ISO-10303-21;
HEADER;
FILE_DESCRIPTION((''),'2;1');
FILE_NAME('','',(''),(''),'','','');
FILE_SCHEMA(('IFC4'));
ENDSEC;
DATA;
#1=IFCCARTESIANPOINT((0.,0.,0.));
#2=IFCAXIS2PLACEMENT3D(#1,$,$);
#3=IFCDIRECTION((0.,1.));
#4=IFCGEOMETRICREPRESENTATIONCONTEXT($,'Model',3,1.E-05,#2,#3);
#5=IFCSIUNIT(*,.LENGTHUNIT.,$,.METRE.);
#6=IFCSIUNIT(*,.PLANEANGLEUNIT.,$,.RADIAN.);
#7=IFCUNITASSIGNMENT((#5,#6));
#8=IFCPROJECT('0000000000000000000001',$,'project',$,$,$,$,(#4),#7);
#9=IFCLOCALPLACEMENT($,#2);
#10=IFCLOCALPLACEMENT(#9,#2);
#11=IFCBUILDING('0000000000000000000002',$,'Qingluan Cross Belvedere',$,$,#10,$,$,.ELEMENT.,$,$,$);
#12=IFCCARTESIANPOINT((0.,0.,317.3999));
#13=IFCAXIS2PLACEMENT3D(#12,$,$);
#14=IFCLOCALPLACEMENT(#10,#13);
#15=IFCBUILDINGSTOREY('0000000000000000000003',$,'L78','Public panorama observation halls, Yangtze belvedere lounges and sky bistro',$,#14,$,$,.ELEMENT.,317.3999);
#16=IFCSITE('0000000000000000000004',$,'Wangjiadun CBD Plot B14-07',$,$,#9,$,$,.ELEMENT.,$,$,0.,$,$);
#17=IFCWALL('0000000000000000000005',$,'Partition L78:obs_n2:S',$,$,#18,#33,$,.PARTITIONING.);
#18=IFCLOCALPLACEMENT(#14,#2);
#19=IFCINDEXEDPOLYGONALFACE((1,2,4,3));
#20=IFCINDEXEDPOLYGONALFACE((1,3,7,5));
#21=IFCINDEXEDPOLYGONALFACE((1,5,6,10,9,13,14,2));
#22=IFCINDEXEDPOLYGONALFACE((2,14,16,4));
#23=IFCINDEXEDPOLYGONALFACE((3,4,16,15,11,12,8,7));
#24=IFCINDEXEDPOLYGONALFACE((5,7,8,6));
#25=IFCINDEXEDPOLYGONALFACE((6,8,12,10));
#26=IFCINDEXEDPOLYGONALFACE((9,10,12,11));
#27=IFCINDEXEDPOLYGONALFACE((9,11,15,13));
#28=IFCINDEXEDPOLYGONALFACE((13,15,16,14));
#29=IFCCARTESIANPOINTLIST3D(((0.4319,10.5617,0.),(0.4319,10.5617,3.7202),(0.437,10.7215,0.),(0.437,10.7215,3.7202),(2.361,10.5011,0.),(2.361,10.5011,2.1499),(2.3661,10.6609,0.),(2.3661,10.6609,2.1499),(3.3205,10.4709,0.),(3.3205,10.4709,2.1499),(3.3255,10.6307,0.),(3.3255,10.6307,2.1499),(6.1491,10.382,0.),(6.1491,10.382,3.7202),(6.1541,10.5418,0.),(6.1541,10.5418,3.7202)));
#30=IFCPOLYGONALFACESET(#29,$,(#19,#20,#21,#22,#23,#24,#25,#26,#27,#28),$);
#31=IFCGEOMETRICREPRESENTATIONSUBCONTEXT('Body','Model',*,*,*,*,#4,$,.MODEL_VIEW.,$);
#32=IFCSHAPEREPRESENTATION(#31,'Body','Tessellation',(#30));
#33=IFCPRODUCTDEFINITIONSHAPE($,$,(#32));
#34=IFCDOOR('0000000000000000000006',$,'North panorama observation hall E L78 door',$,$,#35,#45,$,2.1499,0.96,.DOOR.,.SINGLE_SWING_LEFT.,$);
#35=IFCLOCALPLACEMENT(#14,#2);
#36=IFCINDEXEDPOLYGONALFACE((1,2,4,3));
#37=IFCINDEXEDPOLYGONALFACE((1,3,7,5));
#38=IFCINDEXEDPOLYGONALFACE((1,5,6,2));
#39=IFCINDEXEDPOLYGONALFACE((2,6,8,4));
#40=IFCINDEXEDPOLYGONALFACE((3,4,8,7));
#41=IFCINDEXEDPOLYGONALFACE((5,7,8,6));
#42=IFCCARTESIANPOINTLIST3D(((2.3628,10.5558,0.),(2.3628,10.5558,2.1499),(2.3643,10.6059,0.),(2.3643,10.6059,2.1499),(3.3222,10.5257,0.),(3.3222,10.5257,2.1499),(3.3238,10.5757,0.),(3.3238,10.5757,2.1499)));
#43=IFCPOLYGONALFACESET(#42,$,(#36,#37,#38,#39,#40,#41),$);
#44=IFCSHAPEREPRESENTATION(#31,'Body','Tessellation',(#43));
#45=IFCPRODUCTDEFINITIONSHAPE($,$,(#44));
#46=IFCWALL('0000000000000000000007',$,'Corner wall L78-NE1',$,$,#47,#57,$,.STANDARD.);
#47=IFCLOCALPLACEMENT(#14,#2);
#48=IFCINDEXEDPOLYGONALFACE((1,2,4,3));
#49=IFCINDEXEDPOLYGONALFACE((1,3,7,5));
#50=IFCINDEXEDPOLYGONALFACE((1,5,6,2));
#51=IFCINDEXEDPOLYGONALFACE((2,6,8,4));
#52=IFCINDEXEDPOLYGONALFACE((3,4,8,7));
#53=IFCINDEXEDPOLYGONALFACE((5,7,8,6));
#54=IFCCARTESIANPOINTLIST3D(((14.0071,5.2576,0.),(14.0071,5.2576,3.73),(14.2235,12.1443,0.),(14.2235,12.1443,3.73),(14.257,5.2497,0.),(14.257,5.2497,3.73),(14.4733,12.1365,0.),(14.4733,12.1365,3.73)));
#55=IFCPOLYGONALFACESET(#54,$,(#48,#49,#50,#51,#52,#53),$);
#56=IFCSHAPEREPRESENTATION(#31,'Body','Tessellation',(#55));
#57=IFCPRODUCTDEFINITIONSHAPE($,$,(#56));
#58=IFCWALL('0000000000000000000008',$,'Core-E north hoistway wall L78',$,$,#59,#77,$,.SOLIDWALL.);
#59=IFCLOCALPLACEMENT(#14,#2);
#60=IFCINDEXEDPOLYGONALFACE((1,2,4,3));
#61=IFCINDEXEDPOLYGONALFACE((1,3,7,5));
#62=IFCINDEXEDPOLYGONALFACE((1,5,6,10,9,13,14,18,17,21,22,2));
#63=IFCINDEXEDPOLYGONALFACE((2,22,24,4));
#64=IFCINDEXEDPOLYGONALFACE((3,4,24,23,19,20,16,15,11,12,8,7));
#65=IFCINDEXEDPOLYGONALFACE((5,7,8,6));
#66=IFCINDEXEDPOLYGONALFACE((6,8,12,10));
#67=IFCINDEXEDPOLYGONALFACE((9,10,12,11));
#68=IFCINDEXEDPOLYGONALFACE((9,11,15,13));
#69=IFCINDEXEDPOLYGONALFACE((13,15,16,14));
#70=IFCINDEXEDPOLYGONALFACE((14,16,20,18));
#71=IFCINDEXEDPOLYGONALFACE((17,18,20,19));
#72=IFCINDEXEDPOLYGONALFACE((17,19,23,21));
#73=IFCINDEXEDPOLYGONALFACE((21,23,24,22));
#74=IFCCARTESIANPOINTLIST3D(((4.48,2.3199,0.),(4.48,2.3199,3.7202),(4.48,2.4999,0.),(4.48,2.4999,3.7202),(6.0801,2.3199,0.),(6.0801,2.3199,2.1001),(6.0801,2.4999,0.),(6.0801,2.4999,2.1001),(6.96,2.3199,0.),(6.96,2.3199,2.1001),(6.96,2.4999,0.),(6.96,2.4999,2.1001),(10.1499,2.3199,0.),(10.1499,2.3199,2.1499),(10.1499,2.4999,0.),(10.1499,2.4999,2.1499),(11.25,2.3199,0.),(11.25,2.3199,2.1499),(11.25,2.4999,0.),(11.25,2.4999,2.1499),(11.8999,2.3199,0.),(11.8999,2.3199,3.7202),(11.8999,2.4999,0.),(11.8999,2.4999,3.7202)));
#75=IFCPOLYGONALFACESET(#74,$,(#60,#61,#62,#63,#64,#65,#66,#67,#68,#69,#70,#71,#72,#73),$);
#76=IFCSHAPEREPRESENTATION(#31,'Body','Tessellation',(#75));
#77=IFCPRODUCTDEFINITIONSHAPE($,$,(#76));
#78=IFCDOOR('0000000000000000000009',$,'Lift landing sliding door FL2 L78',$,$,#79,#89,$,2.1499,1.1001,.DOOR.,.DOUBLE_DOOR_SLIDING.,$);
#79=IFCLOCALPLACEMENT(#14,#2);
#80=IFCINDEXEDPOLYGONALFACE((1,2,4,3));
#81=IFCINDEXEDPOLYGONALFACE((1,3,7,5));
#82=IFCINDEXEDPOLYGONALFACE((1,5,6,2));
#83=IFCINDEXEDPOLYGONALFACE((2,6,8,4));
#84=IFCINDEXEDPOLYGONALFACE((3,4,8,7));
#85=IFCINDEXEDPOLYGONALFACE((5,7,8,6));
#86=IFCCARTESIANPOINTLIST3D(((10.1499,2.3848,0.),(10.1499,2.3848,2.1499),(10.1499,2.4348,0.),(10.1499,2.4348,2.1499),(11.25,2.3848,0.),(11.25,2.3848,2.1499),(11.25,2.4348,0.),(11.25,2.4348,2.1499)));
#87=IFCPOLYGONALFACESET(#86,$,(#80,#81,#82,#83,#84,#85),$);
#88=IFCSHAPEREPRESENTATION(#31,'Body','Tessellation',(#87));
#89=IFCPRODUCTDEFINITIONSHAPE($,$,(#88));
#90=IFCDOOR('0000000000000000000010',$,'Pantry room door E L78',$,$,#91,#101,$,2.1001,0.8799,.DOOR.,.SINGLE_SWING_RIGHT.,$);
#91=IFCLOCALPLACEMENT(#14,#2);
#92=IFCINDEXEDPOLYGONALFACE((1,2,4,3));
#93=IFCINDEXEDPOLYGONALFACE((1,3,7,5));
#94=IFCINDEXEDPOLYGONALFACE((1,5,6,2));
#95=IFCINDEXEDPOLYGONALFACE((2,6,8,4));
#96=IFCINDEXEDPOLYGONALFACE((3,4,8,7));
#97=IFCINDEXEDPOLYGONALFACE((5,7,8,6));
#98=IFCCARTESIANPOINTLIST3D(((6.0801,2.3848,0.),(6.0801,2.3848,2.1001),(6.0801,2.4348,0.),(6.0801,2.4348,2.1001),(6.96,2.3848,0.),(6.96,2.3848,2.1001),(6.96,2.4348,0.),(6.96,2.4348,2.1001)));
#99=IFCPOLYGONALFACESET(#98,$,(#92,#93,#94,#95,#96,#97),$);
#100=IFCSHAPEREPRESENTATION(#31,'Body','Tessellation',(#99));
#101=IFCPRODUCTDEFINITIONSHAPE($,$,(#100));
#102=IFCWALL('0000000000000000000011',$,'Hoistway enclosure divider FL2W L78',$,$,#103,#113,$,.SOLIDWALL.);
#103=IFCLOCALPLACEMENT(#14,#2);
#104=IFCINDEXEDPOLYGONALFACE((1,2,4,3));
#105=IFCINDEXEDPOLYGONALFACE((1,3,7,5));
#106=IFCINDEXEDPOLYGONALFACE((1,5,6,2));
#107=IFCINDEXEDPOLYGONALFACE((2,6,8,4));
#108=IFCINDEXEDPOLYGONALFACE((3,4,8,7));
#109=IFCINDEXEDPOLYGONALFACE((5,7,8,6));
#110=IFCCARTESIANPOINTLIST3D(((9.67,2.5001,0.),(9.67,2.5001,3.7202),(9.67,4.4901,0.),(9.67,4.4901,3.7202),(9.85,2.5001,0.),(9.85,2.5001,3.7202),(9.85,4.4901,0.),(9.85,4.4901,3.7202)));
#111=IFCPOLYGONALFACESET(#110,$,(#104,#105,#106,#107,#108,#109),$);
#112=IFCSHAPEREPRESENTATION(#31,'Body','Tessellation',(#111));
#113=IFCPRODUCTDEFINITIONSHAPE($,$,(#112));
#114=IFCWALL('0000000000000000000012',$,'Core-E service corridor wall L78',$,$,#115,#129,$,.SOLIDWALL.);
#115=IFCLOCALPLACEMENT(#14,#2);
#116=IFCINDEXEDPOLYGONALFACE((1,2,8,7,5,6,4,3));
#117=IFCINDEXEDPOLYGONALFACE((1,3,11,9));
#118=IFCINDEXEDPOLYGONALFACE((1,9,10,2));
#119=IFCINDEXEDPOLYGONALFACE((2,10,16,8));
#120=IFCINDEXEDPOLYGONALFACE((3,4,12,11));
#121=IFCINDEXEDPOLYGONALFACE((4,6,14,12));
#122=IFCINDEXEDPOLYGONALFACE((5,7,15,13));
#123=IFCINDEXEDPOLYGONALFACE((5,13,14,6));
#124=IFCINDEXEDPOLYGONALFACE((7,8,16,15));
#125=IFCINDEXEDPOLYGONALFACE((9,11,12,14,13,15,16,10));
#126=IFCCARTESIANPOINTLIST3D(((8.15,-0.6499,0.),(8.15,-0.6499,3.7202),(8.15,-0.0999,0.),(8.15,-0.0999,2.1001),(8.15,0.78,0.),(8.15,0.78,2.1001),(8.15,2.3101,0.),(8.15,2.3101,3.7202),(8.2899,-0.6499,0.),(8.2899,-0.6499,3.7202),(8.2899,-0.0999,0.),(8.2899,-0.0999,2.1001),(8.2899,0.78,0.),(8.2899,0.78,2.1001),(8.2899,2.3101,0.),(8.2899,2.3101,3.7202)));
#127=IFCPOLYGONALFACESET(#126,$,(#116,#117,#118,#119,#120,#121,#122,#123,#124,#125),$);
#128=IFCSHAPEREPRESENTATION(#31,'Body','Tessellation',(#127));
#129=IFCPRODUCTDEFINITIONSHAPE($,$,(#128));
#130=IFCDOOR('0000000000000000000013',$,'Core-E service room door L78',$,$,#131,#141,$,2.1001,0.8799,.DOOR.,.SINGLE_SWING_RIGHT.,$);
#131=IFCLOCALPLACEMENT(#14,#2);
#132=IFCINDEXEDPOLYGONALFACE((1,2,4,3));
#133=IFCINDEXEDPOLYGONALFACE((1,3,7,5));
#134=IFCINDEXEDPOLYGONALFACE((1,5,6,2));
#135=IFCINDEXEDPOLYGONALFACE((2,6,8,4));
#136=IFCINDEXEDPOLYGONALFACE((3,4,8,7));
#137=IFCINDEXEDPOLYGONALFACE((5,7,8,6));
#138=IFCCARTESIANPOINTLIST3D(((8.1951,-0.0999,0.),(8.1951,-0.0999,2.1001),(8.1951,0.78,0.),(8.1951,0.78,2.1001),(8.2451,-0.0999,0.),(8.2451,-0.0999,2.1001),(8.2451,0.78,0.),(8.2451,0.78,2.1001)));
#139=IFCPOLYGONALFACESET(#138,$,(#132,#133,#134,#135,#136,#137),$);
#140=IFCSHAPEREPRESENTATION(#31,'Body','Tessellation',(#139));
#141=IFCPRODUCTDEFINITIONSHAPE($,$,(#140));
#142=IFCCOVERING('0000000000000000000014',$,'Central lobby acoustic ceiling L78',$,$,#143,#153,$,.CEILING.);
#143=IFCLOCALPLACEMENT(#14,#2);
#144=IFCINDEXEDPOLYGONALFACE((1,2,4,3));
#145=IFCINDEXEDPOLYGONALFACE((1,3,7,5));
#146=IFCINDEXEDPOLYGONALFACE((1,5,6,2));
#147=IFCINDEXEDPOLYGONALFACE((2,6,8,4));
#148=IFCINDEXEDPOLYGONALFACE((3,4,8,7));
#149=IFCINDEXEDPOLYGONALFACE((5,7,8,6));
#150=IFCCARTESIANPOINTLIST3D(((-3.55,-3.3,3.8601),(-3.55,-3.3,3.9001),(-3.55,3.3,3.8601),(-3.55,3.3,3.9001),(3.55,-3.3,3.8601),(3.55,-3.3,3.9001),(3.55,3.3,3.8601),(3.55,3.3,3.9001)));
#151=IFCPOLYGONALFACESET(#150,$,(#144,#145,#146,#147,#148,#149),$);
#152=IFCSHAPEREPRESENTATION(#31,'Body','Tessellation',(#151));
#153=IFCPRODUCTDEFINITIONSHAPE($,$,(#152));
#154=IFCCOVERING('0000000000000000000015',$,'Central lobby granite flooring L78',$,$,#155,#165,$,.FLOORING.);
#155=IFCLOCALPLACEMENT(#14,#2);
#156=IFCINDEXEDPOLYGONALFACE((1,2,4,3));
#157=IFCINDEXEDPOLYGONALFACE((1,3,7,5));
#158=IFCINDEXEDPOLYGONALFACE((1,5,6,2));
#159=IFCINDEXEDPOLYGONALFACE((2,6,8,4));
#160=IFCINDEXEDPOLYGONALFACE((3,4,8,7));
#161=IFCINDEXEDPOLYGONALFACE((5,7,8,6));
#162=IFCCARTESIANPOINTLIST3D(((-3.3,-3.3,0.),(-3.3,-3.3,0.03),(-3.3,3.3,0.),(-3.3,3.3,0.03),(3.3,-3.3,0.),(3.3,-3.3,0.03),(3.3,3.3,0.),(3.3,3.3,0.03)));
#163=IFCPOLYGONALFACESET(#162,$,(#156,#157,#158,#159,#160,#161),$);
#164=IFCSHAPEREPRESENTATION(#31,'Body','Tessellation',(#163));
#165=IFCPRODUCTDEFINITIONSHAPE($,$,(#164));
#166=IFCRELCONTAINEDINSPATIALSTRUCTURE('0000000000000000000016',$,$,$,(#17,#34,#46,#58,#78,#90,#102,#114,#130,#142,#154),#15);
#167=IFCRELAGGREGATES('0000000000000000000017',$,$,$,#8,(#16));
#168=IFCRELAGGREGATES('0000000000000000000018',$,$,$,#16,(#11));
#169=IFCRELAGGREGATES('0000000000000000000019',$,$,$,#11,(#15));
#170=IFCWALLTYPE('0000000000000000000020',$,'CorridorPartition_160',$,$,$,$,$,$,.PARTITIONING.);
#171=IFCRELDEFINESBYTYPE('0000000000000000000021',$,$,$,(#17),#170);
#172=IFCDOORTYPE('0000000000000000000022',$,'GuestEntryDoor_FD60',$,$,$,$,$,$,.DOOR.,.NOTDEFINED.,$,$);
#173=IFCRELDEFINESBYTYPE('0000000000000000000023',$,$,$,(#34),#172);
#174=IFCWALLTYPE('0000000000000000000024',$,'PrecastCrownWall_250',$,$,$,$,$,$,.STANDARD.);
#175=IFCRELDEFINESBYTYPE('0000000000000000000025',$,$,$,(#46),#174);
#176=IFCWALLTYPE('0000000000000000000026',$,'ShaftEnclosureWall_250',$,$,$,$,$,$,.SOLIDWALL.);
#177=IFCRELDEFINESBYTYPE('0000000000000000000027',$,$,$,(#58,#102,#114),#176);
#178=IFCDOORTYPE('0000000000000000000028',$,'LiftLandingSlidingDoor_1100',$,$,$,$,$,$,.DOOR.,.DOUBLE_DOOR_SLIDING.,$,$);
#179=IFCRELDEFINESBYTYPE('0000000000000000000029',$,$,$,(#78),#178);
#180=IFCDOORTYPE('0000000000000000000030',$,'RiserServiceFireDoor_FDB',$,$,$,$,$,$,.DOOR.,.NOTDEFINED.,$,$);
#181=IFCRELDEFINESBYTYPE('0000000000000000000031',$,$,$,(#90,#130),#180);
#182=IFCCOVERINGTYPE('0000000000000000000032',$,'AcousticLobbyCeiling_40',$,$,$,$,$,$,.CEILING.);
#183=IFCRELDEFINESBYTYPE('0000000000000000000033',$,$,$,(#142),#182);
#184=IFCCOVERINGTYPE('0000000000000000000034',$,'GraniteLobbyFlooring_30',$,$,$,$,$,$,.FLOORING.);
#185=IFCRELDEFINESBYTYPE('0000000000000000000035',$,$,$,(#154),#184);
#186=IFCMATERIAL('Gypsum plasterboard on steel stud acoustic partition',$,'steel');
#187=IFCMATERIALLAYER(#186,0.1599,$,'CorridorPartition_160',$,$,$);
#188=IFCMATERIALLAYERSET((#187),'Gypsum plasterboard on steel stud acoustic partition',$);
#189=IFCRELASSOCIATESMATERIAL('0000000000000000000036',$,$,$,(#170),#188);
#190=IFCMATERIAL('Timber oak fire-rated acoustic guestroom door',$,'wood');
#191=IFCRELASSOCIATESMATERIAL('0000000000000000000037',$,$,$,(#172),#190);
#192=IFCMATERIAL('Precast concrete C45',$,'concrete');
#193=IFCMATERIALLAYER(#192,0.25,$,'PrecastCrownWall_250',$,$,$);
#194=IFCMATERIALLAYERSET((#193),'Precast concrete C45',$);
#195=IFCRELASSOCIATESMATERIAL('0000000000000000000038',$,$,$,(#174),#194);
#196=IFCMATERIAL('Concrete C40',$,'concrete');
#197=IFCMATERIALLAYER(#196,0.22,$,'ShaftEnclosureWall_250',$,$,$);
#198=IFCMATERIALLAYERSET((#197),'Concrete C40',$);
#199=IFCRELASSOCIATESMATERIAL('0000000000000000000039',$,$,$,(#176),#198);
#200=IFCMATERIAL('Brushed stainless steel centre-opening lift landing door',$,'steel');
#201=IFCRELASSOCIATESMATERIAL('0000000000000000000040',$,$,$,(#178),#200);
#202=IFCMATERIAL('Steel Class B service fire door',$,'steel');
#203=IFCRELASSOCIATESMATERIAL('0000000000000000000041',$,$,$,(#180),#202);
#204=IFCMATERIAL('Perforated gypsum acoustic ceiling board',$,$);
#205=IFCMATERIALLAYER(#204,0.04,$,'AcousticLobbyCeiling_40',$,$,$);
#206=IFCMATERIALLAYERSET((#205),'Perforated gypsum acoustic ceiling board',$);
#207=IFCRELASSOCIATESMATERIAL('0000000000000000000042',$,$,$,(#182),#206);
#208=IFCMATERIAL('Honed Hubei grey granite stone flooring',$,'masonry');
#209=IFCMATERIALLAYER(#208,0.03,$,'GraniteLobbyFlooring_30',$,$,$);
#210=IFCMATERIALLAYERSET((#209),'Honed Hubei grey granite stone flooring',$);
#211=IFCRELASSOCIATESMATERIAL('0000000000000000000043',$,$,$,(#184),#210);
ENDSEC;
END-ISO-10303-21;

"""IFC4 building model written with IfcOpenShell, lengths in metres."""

from ifc_helpers import new_model, si_unit, direction, frame, frame_2d, origin, origin_with_axes, origin_2d, place, context, subcontext, project, spatial, rectangle, extrude, material, layer, layer_set, type_object, element, fill, save


model = new_model("IFC4")

# Units and contexts
model_context = context("Model", 3, precision=1e-05, world=origin(), true_north=direction((0.0, 1.0)))
body_context = subcontext(model_context, "Body", "Model", "MODEL_VIEW")
ifc_project = project(units=[si_unit("LENGTHUNIT", "METRE"), si_unit("PLANEANGLEUNIT", "RADIAN")], contexts=[model_context])

# Site, building, storey
site_placement = place(None, origin())
site = spatial("IfcSite", under=ifc_project, at=site_placement, Name="Wangjiadun CBD Plot B14-07", CompositionType="ELEMENT", RefElevation=0.0)
building_placement = place(site_placement, origin())
building = spatial("IfcBuilding", under=site, at=building_placement, Name="Qingluan Cross Belvedere", CompositionType="ELEMENT")
storey_placement = place(building_placement, frame((0.0, 0.0, 317.3999)))
storey = spatial("IfcBuildingStorey", under=building, at=storey_placement, Name="L78", Description="Public panorama observation halls, Yangtze belvedere lounges and sky bistro", CompositionType="ELEMENT", Elevation=317.3999)

# Wall, opening, door
ifc_material_1 = material(Name="Gypsum plasterboard on steel stud acoustic partition", Category="steel")
ifc_layer_1 = layer(ifc_material_1, 0.1599, Name="CorridorPartition_160")
ifc_layer_set_1 = layer_set([ifc_layer_1], Name="Gypsum plasterboard on steel stud acoustic partition")
wall_type_1 = type_object("IfcWallType", Name="CorridorPartition_160", PredefinedType="PARTITIONING", material=ifc_layer_set_1)
wall_1_placement = place(storey_placement, frame((0.4346, 10.6416, 0.0), z_axis=(0.0, 0.0, 1.0), x_axis=(0.999506, -0.031415, 0.0)))
wall_1 = element("IfcWall", 1, at=wall_1_placement, inside=storey, type_object=wall_type_1, Name="Partition L78:obs_n2:S", PredefinedType="PARTITIONING", context=body_context, shape_type="SweptSolid", body=[
    extrude(rectangle(XDim=5.72, YDim=0.1599, at=frame_2d((2.8599, 0.0))), origin(), (0.0, 0.0, 1.0), 3.7202),
])
opening_1_placement = place(wall_1_placement, frame((1.9299, 0.0, 0.0)))
opening_1 = element("IfcOpeningElement", 2, at=opening_1_placement, cuts=wall_1, PredefinedType="OPENING", context=body_context, shape_type="SweptSolid", body=[
    extrude(rectangle(XDim=0.96, YDim=2.1499, at=frame_2d((0.48, 1.075))), frame((0.0, 0.0898, 0.0), z_axis=(0.0, -1.0, 0.0), x_axis=(1.0, 0.0, 0.0)), (0.0, 0.0, 1.0), 0.1799),
])
ifc_material_2 = material(Name="Timber oak fire-rated acoustic guestroom door", Category="wood")
door_type_1 = type_object("IfcDoorType", Name="GuestEntryDoor_FD60", OperationType="NOTDEFINED", PredefinedType="DOOR", material=ifc_material_2)
door_1_placement = place(opening_1_placement, origin())
door_1 = element("IfcDoor", 3, at=door_1_placement, inside=storey, type_object=door_type_1, Name="North panorama observation hall E L78 door", OperationType="SINGLE_SWING_LEFT", OverallHeight=2.1499, OverallWidth=0.96, PredefinedType="DOOR", context=body_context, shape_type="SweptSolid", body=[
    extrude(rectangle(XDim=0.96, YDim=2.1499, at=frame_2d((0.48, 1.075))), frame((0.0, 0.0249, 0.0), z_axis=(0.0, -1.0, 0.0), x_axis=(1.0, 0.0, 0.0)), (0.0, 0.0, 1.0), 0.05),
])
fill(opening_1, door_1)

# Wall
ifc_material_3 = material(Name="Precast concrete C45", Category="concrete")
ifc_layer_2 = layer(ifc_material_3, 0.25, Name="PrecastCrownWall_250")
ifc_layer_set_2 = layer_set([ifc_layer_2], Name="Precast concrete C45")
wall_type_2 = type_object("IfcWallType", Name="PrecastCrownWall_250", PredefinedType="STANDARD", material=ifc_layer_set_2)
wall_2_placement = place(storey_placement, frame((14.1321, 5.2537, 0.0), z_axis=(0.0, 0.0, 1.0), x_axis=(0.031394, 0.999507, 0.0)))
element("IfcWall", 4, at=wall_2_placement, inside=storey, type_object=wall_type_2, Name="Corner wall L78-NE1", PredefinedType="STANDARD", context=body_context, shape_type="SweptSolid", body=[
    extrude(rectangle(XDim=6.8901, YDim=0.25, at=frame_2d((3.4451, 0.0))), origin(), (0.0, 0.0, 1.0), 3.73),
])

# Wall, openings, doors
ifc_material_4 = material(Name="Concrete C40", Category="concrete")
ifc_layer_3 = layer(ifc_material_4, 0.22, Name="ShaftEnclosureWall_250")
ifc_layer_set_3 = layer_set([ifc_layer_3], Name="Concrete C40")
wall_type_3 = type_object("IfcWallType", Name="ShaftEnclosureWall_250", PredefinedType="SOLIDWALL", material=ifc_layer_set_3)
wall_3_placement = place(storey_placement, frame((4.48, 2.4099, 0.0), z_axis=(0.0, 0.0, 1.0), x_axis=(1.0, 0.0, 0.0)))
wall_3 = element("IfcWall", 5, at=wall_3_placement, inside=storey, type_object=wall_type_3, Name="Core-E north hoistway wall L78", PredefinedType="SOLIDWALL", context=body_context, shape_type="SweptSolid", body=[
    extrude(rectangle(XDim=7.4199, YDim=0.1799, at=frame_2d((3.71, 0.0))), origin(), (0.0, 0.0, 1.0), 3.7202),
])
opening_2_placement = place(wall_3_placement, frame((5.6699, 0.0, 0.0)))
opening_2 = element("IfcOpeningElement", 6, at=opening_2_placement, cuts=wall_3, PredefinedType="OPENING", context=body_context, shape_type="SweptSolid", body=[
    extrude(rectangle(XDim=1.1001, YDim=2.1499, at=frame_2d((0.55, 1.075))), frame((0.0, 0.0999, 0.0), z_axis=(0.0, -1.0, 0.0), x_axis=(1.0, 0.0, 0.0)), (0.0, 0.0, 1.0), 0.2),
])
opening_3_placement = place(wall_3_placement, frame((1.6001, 0.0, 0.0)))
opening_3 = element("IfcOpeningElement", 7, at=opening_3_placement, cuts=wall_3, PredefinedType="OPENING", context=body_context, shape_type="SweptSolid", body=[
    extrude(rectangle(XDim=0.8799, YDim=2.1001, at=frame_2d((0.4399, 1.05))), frame((0.0, 0.0999, 0.0), z_axis=(0.0, -1.0, 0.0), x_axis=(1.0, 0.0, 0.0)), (0.0, 0.0, 1.0), 0.2),
])
ifc_material_5 = material(Name="Brushed stainless steel centre-opening lift landing door", Category="steel")
door_type_2 = type_object("IfcDoorType", Name="LiftLandingSlidingDoor_1100", OperationType="DOUBLE_DOOR_SLIDING", PredefinedType="DOOR", material=ifc_material_5)
door_2_placement = place(opening_2_placement, origin())
door_2 = element("IfcDoor", 8, at=door_2_placement, inside=storey, type_object=door_type_2, Name="Lift landing sliding door FL2 L78", OperationType="DOUBLE_DOOR_SLIDING", OverallHeight=2.1499, OverallWidth=1.1001, PredefinedType="DOOR", context=body_context, shape_type="SweptSolid", body=[
    extrude(rectangle(XDim=1.1001, YDim=2.1499, at=frame_2d((0.55, 1.075))), frame((0.0, 0.0249, 0.0), z_axis=(0.0, -1.0, 0.0), x_axis=(1.0, 0.0, 0.0)), (0.0, 0.0, 1.0), 0.05),
])
fill(opening_2, door_2)
ifc_material_6 = material(Name="Steel Class B service fire door", Category="steel")
door_type_3 = type_object("IfcDoorType", Name="RiserServiceFireDoor_FDB", OperationType="NOTDEFINED", PredefinedType="DOOR", material=ifc_material_6)
door_3_placement = place(opening_3_placement, origin())
door_3 = element("IfcDoor", 9, at=door_3_placement, inside=storey, type_object=door_type_3, Name="Pantry room door E L78", OperationType="SINGLE_SWING_RIGHT", OverallHeight=2.1001, OverallWidth=0.8799, PredefinedType="DOOR", context=body_context, shape_type="SweptSolid", body=[
    extrude(rectangle(XDim=0.8799, YDim=2.1001, at=frame_2d((0.4399, 1.05))), frame((0.0, 0.0249, 0.0), z_axis=(0.0, -1.0, 0.0), x_axis=(1.0, 0.0, 0.0)), (0.0, 0.0, 1.0), 0.05),
])
fill(opening_3, door_3)

# Wall
wall_4_placement = place(storey_placement, frame((9.76, 2.5, 0.0), z_axis=(0.0, 0.0, 1.0), x_axis=(0.0, 1.0, 0.0)))
element("IfcWall", 10, at=wall_4_placement, inside=storey, type_object=wall_type_3, Name="Hoistway enclosure divider FL2W L78", PredefinedType="SOLIDWALL", context=body_context, shape_type="SweptSolid", body=[
    extrude(rectangle(XDim=1.99, YDim=0.1799, at=frame_2d((0.9951, 0.0))), origin(), (0.0, 0.0, 1.0), 3.7202),
])

# Wall, opening, door
wall_5_placement = place(storey_placement, frame((8.22, -0.6499, 0.0), z_axis=(0.0, 0.0, 1.0), x_axis=(0.0, 1.0, 0.0)))
wall_5 = element("IfcWall", 11, at=wall_5_placement, inside=storey, type_object=wall_type_3, Name="Core-E service corridor wall L78", PredefinedType="SOLIDWALL", context=body_context, shape_type="SweptSolid", body=[
    extrude(rectangle(XDim=2.96, YDim=0.1399, at=frame_2d((1.48, 0.0))), origin(), (0.0, 0.0, 1.0), 3.7202),
])
opening_4_placement = place(wall_5_placement, frame((0.55, 0.0, 0.0)))
opening_4 = element("IfcOpeningElement", 12, at=opening_4_placement, cuts=wall_5, PredefinedType="OPENING", context=body_context, shape_type="SweptSolid", body=[
    extrude(rectangle(XDim=0.8799, YDim=2.1001, at=frame_2d((0.4399, 1.05))), frame((0.0, 0.0798, 0.0), z_axis=(0.0, -1.0, 0.0), x_axis=(1.0, 0.0, 0.0)), (0.0, 0.0, 1.0), 0.1599),
])
door_4_placement = place(opening_4_placement, origin())
door_4 = element("IfcDoor", 13, at=door_4_placement, inside=storey, type_object=door_type_3, Name="Core-E service room door L78", OperationType="SINGLE_SWING_RIGHT", OverallHeight=2.1001, OverallWidth=0.8799, PredefinedType="DOOR", context=body_context, shape_type="SweptSolid", body=[
    extrude(rectangle(XDim=0.8799, YDim=2.1001, at=frame_2d((0.4399, 1.05))), frame((0.0, 0.0249, 0.0), z_axis=(0.0, -1.0, 0.0), x_axis=(1.0, 0.0, 0.0)), (0.0, 0.0, 1.0), 0.05),
])
fill(opening_4, door_4)

# Coverings
ifc_material_7 = material(Name="Perforated gypsum acoustic ceiling board")
ifc_layer_4 = layer(ifc_material_7, 0.04, Name="AcousticLobbyCeiling_40")
ifc_layer_set_4 = layer_set([ifc_layer_4], Name="Perforated gypsum acoustic ceiling board")
covering_type_1 = type_object("IfcCoveringType", Name="AcousticLobbyCeiling_40", PredefinedType="CEILING", material=ifc_layer_set_4)
covering_1_placement = place(storey_placement, frame((0.0, 0.0, 3.8601), z_axis=(0.0, 0.0, 1.0), x_axis=(1.0, 0.0, 0.0)))
element("IfcCovering", 14, at=covering_1_placement, inside=storey, type_object=covering_type_1, Name="Central lobby acoustic ceiling L78", PredefinedType="CEILING", context=body_context, shape_type="SweptSolid", body=[
    extrude(rectangle(XDim=7.1001, YDim=6.6001, at=origin_2d()), origin(), (0.0, 0.0, 1.0), 0.04),
])
ifc_material_8 = material(Name="Honed Hubei grey granite stone flooring", Category="masonry")
ifc_layer_5 = layer(ifc_material_8, 0.03, Name="GraniteLobbyFlooring_30")
ifc_layer_set_5 = layer_set([ifc_layer_5], Name="Honed Hubei grey granite stone flooring")
covering_type_2 = type_object("IfcCoveringType", Name="GraniteLobbyFlooring_30", PredefinedType="FLOORING", material=ifc_layer_set_5)
covering_2_placement = place(storey_placement, origin_with_axes())
element("IfcCovering", 15, at=covering_2_placement, inside=storey, type_object=covering_type_2, Name="Central lobby granite flooring L78", PredefinedType="FLOORING", context=body_context, shape_type="SweptSolid", body=[
    extrude(rectangle(XDim=6.6001, YDim=6.6001, at=origin_2d()), origin(), (0.0, 0.0, 1.0), 0.03),
])

save(model, "model.ifc")
